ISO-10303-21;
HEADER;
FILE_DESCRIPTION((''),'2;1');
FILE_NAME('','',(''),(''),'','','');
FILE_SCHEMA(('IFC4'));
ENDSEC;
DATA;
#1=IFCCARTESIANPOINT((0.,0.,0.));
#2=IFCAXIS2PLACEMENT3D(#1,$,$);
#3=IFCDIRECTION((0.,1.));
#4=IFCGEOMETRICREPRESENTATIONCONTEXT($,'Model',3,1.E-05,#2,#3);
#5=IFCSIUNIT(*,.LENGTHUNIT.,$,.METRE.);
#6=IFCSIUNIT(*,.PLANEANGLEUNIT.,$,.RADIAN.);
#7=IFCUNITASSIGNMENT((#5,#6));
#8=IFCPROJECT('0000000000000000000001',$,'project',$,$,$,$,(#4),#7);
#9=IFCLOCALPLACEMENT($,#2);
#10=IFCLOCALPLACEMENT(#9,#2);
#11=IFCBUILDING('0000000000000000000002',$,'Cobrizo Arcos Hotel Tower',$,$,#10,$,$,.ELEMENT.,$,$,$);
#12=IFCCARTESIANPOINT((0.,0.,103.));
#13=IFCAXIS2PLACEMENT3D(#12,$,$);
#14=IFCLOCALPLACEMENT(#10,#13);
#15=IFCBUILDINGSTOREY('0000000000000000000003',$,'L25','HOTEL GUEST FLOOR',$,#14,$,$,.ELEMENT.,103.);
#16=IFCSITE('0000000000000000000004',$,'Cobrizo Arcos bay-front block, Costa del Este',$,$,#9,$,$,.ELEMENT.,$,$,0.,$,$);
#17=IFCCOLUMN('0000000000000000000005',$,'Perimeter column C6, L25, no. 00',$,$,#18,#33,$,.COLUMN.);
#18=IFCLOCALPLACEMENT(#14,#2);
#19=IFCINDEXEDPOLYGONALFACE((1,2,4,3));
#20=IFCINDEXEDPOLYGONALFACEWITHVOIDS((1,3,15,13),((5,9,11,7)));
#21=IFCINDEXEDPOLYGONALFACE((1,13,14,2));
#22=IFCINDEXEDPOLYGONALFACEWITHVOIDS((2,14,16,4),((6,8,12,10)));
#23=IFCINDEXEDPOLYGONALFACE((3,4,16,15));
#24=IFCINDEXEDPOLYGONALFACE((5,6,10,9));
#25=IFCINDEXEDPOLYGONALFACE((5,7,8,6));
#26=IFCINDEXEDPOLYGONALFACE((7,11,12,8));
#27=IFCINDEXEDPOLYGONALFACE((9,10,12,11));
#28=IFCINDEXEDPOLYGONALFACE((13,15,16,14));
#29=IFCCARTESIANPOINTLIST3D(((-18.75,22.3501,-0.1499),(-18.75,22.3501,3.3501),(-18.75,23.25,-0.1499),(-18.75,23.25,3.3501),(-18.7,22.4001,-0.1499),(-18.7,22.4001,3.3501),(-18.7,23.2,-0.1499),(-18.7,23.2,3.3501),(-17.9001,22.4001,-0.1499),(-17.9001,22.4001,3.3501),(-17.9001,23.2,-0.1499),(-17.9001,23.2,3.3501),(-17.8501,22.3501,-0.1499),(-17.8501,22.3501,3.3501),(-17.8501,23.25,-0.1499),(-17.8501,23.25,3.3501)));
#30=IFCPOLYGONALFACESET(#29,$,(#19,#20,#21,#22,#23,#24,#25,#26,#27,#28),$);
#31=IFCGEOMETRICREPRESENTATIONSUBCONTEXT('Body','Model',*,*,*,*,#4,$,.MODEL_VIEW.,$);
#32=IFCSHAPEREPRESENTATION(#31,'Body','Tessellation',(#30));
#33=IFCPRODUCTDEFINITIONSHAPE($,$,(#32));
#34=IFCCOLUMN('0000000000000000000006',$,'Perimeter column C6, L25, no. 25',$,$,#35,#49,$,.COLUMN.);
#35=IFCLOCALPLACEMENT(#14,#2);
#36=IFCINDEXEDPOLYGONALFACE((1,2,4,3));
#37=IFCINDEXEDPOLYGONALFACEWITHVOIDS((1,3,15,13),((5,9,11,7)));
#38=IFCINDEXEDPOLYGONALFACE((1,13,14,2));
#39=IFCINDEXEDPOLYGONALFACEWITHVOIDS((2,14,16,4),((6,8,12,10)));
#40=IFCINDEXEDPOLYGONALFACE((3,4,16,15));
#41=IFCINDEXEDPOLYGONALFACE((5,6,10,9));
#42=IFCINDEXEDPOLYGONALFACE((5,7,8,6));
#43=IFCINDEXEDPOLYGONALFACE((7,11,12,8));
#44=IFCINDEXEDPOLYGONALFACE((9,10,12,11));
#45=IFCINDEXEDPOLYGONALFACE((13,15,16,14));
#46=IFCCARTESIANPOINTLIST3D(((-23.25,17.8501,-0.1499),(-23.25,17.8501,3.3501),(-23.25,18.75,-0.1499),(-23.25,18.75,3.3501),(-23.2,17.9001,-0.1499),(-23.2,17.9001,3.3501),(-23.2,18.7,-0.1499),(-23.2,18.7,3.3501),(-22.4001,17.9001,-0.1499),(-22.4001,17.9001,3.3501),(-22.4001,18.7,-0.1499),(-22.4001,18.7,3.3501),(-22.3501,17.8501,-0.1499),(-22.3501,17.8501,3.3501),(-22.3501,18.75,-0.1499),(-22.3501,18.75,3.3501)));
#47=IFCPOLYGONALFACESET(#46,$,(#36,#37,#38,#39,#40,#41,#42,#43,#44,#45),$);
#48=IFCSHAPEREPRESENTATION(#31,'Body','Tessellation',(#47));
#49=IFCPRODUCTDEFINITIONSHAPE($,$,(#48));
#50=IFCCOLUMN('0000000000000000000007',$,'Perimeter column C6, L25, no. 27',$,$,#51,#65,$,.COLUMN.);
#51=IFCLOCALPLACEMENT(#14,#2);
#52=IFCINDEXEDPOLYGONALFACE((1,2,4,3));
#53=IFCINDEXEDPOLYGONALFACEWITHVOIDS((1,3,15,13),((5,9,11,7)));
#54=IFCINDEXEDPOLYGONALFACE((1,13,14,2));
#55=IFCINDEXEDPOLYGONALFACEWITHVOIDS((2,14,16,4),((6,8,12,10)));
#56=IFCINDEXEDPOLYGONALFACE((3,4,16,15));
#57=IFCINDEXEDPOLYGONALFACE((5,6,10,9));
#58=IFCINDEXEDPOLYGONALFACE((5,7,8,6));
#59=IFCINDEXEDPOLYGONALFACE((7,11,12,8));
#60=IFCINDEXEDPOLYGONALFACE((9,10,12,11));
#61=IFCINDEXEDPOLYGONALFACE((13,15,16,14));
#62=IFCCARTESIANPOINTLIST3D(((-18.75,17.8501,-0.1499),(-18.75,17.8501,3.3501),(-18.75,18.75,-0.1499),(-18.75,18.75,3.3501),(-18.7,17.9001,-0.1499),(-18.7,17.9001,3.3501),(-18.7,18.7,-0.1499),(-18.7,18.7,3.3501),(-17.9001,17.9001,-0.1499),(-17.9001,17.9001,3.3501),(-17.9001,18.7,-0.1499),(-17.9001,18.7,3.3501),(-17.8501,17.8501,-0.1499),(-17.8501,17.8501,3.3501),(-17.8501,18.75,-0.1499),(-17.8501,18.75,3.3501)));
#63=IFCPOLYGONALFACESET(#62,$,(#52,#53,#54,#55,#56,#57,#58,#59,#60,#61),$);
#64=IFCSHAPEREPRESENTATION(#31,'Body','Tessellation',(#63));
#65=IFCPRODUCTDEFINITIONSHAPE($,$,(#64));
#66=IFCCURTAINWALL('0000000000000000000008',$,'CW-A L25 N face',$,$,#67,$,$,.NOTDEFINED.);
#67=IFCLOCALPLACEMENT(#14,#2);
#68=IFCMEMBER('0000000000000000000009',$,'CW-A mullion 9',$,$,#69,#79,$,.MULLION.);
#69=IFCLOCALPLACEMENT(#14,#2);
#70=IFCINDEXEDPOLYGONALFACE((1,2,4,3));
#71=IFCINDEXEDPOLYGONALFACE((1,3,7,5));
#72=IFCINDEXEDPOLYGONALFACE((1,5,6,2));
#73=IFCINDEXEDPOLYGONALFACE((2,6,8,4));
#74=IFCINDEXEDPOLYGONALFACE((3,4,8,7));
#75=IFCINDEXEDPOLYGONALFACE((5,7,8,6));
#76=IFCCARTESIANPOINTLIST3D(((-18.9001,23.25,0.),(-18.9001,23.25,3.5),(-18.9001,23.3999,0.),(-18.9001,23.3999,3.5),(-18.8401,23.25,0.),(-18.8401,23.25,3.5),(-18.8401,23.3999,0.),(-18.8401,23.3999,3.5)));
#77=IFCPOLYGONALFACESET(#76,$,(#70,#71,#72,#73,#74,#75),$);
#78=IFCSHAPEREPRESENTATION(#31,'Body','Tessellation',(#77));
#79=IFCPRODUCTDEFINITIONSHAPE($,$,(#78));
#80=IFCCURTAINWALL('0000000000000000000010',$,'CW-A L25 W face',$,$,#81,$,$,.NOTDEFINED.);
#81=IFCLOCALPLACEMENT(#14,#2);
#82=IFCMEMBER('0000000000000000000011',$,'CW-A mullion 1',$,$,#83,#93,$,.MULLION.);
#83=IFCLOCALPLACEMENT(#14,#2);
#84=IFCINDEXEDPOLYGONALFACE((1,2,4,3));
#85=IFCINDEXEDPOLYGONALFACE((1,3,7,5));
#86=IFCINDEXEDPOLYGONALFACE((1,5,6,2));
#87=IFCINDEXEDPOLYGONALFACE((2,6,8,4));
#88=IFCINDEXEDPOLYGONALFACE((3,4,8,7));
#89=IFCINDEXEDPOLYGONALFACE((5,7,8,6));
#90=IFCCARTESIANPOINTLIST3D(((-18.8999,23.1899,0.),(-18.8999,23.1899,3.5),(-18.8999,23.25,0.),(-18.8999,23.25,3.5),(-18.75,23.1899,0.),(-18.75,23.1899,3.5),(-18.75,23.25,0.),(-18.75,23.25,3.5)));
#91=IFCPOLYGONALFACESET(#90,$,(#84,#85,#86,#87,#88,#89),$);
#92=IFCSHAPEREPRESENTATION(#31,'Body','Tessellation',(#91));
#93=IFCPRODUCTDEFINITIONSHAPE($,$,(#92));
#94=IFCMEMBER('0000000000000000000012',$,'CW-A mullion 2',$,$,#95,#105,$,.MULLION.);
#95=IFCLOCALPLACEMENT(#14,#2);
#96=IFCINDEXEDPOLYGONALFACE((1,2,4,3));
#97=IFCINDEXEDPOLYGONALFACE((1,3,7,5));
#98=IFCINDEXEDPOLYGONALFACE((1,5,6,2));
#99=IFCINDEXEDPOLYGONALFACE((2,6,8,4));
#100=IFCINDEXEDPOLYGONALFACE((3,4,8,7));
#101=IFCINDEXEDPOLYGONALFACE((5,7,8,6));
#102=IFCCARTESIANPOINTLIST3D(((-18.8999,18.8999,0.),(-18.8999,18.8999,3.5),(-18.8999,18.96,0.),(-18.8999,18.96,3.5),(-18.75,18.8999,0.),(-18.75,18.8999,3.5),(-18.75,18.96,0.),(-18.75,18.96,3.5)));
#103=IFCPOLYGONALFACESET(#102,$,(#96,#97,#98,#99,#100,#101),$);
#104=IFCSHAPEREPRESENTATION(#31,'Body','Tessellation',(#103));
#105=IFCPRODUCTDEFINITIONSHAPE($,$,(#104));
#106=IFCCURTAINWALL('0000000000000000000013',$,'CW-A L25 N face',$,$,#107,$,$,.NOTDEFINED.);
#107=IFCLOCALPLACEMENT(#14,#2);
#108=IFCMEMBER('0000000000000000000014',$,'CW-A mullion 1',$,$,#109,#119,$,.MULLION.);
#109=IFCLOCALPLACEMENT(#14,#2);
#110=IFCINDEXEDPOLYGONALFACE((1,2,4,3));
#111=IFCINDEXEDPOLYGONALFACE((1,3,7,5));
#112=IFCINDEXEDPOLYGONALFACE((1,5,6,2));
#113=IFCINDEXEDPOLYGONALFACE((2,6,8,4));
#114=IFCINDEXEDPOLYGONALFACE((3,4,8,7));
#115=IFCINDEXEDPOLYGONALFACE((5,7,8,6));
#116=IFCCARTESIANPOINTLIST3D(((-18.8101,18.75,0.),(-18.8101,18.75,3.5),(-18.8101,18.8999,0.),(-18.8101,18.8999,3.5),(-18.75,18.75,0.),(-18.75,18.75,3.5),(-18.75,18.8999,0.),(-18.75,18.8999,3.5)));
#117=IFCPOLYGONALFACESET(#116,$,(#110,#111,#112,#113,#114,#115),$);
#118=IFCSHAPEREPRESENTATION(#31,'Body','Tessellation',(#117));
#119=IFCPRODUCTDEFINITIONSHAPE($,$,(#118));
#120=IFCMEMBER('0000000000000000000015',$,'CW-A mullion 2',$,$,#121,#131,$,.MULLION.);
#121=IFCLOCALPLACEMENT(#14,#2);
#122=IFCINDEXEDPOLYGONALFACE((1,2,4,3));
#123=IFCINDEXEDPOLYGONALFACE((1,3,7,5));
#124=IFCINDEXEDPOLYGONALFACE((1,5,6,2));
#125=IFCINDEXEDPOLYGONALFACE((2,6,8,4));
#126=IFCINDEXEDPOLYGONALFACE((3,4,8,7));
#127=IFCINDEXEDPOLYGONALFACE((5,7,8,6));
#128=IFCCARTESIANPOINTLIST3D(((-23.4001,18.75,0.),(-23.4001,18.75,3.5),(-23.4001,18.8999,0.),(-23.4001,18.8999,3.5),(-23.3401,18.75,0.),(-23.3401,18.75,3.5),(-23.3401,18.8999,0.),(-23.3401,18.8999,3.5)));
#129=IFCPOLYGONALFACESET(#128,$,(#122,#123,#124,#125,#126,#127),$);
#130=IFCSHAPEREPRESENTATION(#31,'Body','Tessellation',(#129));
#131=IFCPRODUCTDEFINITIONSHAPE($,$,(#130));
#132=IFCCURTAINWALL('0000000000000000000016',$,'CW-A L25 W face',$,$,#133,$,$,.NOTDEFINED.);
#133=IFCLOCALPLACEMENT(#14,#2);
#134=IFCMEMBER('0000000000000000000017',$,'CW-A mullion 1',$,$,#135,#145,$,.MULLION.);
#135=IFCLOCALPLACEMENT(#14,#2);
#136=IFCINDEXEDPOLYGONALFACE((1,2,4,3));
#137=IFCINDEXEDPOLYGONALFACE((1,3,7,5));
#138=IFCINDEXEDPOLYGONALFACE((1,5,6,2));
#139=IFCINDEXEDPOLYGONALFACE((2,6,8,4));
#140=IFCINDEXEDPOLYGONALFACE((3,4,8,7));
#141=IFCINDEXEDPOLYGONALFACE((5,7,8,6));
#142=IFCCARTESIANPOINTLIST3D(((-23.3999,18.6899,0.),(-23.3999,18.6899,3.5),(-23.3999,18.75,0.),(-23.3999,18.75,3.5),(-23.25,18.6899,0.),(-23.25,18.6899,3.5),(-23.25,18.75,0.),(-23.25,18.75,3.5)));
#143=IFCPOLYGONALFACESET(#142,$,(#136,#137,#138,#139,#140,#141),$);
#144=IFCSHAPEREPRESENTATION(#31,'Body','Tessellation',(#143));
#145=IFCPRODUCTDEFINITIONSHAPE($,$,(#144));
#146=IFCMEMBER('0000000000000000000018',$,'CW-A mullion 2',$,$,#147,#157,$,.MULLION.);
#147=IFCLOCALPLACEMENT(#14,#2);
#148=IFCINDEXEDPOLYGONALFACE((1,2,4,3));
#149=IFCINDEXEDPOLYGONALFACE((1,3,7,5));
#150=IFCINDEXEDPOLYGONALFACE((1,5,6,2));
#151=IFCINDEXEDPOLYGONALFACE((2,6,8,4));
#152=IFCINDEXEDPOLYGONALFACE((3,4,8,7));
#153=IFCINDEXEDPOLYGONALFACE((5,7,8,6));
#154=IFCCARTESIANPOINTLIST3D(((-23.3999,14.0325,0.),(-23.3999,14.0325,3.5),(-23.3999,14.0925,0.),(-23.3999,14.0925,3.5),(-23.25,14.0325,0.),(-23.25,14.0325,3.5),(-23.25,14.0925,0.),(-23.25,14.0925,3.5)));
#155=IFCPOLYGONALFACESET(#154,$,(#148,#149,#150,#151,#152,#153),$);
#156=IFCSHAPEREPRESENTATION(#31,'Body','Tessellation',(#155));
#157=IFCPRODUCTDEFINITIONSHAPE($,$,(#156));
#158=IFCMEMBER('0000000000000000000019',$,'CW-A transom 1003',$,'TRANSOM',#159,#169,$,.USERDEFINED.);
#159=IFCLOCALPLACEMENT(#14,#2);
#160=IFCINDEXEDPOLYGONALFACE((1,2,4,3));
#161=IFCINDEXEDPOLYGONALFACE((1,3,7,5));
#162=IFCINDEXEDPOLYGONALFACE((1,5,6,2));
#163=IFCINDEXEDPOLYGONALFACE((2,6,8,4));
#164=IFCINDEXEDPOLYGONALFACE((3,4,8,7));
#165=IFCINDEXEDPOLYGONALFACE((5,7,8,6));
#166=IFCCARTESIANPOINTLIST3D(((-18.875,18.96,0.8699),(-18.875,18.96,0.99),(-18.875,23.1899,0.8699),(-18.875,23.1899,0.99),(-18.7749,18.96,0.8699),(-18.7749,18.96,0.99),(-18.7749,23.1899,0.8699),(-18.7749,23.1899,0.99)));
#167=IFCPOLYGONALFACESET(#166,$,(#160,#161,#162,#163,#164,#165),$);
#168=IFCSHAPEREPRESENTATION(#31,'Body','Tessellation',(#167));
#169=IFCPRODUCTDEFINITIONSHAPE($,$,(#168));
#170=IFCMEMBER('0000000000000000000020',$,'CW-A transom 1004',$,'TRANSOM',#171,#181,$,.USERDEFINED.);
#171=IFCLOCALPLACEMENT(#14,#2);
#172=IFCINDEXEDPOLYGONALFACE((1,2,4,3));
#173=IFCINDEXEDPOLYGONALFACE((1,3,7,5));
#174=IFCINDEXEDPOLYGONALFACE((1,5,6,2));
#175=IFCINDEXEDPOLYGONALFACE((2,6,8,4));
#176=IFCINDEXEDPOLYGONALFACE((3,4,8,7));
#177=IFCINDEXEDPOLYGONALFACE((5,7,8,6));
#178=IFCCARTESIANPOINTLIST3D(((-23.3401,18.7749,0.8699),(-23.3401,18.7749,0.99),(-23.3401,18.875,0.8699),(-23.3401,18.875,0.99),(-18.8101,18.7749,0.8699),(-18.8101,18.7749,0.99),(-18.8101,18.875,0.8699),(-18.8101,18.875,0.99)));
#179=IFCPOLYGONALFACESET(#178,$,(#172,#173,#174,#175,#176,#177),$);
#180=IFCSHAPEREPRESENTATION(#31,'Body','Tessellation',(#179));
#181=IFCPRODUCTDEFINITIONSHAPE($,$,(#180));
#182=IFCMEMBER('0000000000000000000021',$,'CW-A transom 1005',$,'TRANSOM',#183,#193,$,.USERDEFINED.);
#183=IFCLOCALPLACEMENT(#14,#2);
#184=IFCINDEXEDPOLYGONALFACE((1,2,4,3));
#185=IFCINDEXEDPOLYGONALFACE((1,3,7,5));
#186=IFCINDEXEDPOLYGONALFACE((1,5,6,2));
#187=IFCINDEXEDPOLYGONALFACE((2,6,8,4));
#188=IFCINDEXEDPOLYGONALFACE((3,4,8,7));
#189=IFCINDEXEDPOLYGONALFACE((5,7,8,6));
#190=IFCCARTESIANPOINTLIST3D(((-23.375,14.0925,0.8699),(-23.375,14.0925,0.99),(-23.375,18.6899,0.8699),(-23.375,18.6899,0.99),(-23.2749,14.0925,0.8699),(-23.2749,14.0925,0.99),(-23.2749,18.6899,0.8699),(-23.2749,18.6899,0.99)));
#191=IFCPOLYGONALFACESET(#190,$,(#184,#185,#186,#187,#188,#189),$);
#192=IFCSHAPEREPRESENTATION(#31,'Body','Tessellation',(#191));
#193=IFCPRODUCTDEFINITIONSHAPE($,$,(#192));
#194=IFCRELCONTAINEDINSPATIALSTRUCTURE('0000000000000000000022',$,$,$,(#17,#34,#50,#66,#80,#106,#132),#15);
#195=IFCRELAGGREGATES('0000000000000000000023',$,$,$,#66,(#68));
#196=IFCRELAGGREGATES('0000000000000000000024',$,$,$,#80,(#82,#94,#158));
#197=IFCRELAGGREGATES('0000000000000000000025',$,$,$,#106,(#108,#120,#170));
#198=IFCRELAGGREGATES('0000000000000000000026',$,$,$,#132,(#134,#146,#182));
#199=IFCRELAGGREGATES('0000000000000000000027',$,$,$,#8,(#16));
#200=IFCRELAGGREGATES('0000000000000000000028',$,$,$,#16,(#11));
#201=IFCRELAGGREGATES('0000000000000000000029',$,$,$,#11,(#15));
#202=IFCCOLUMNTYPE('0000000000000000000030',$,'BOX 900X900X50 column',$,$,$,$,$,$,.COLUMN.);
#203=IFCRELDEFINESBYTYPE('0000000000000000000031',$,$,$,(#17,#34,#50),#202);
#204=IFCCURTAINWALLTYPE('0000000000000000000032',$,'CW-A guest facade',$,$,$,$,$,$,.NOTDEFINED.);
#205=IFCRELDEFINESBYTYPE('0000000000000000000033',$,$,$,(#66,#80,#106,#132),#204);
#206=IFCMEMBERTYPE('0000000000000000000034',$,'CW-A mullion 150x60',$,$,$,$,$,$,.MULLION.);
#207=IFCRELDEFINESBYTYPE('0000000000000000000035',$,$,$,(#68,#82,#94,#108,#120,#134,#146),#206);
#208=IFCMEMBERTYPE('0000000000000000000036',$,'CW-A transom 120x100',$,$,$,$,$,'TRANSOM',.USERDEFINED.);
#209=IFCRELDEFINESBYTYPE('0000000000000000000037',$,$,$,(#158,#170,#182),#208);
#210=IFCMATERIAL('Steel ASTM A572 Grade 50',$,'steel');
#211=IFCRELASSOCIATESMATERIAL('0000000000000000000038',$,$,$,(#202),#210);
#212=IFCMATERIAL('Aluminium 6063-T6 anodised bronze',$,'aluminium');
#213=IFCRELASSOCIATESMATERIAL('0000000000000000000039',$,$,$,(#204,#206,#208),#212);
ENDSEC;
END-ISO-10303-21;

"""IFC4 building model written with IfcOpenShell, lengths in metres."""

from ifc_helpers import new_model, si_unit, direction, frame, origin, origin_2d, place, context, subcontext, project, spatial, rectangle, hollow_rectangle, extrude, material, material_profile, profile_set, type_object, element, aggregate, save


model = new_model("IFC4")

# Units and contexts
model_context = context("Model", 3, precision=1e-05, world=origin(), true_north=direction((0.0, 1.0)))
body_context = subcontext(model_context, "Body", "Model", "MODEL_VIEW")
ifc_project = project(units=[si_unit("LENGTHUNIT", "METRE"), si_unit("PLANEANGLEUNIT", "RADIAN")], contexts=[model_context])

# Site, building, storey
site_placement = place(None, origin())
site = spatial("IfcSite", under=ifc_project, at=site_placement, Name="Cobrizo Arcos bay-front block, Costa del Este", CompositionType="ELEMENT", RefElevation=0.0)
building_placement = place(site_placement, origin())
building = spatial("IfcBuilding", under=site, at=building_placement, Name="Cobrizo Arcos Hotel Tower", CompositionType="ELEMENT")
storey_placement = place(building_placement, frame((0.0, 0.0, 103.0)))
storey = spatial("IfcBuildingStorey", under=building, at=storey_placement, Name="L25", Description="HOTEL GUEST FLOOR", CompositionType="ELEMENT", Elevation=103.0)

# Columns
ifc_material_1 = material(Name="Steel ASTM A572 Grade 50", Category="steel")
ifc_material_profile_1 = material_profile(ifc_material_1, hollow_rectangle(XDim=0.8999, YDim=0.8999, WallThickness=0.05, at=origin_2d()), Name="BOX 900X900X50")
ifc_profile_set_1 = profile_set([ifc_material_profile_1], Name="Steel ASTM A572 Grade 50")
column_type = type_object("IfcColumnType", Name="BOX 900X900X50 column", PredefinedType="COLUMN", material=ifc_profile_set_1)
for number, where, z_axis, x_axis, name in (
    (1, (-18.3, 22.8, -0.1499), (0.0, 0.0, 1.0), (1.0, 0.0, 0.0), "Perimeter column C6, L25, no. 00"),
    (2, (-22.8, 18.3, -0.1499), (0.0, 0.0, 1.0), (1.0, 0.0, 0.0), "Perimeter column C6, L25, no. 25"),
    (3, (-18.3, 18.3, -0.1499), (0.0, 0.0, 1.0), (1.0, 0.0, 0.0), "Perimeter column C6, L25, no. 27"),
):
    element("IfcColumn", number, at=place(storey_placement, frame(where, z_axis=z_axis, x_axis=x_axis)), inside=storey, type_object=column_type, Name=name, PredefinedType="COLUMN", context=body_context, shape_type="SweptSolid", body=[
        extrude(hollow_rectangle(XDim=0.8999, YDim=0.8999, WallThickness=0.05, at=origin_2d()), origin(), (0.0, 0.0, 1.0), 3.5),
    ])

# Curtain wall, member
ifc_material_2 = material(Name="Aluminium 6063-T6 anodised bronze", Category="aluminium")
curtain_wall_type = type_object("IfcCurtainWallType", Name="CW-A guest facade", PredefinedType="NOTDEFINED", material=ifc_material_2)
curtain_wall_1_placement = place(storey_placement, origin())
curtain_wall_1 = element("IfcCurtainWall", 4, at=curtain_wall_1_placement, inside=storey, type_object=curtain_wall_type, Name="CW-A L25 N face", PredefinedType="NOTDEFINED")
ifc_material_profile_2 = material_profile(ifc_material_2, rectangle(XDim=0.1499, YDim=0.0601, at=origin_2d()), Name="CW-A mullion 150x60")
ifc_profile_set_2 = profile_set([ifc_material_profile_2], Name="Aluminium 6063-T6 anodised bronze")
member_type_1 = type_object("IfcMemberType", Name="CW-A mullion 150x60", PredefinedType="MULLION", material=ifc_profile_set_2)
member_1_placement = place(storey_placement, frame((-18.8701, 23.325, 0.0), z_axis=(0.0, 0.0, 1.0), x_axis=(0.0, 1.0, 0.0)))
member_1 = element("IfcMember", 5, at=member_1_placement, type_object=member_type_1, Name="CW-A mullion 9", PredefinedType="MULLION", context=body_context, shape_type="SweptSolid", body=[
    extrude(rectangle(XDim=0.1499, YDim=0.0601, at=origin_2d()), origin(), (0.0, 0.0, 1.0), 3.5),
])
aggregate(curtain_wall_1, [member_1])

# Curtain walls, members
curtain_wall_2_placement = place(storey_placement, origin())
curtain_wall_2 = element("IfcCurtainWall", 6, at=curtain_wall_2_placement, inside=storey, type_object=curtain_wall_type, Name="CW-A L25 W face", PredefinedType="NOTDEFINED")
member_2_placement = place(storey_placement, frame((-18.825, 23.22, 0.0), z_axis=(0.0, 0.0, 1.0), x_axis=(-1.0, 0.0, 0.0)))
member_2 = element("IfcMember", 7, at=member_2_placement, type_object=member_type_1, Name="CW-A mullion 1", PredefinedType="MULLION", context=body_context, shape_type="SweptSolid", body=[
    extrude(rectangle(XDim=0.1499, YDim=0.0601, at=origin_2d()), origin(), (0.0, 0.0, 1.0), 3.5),
])
member_3_placement = place(storey_placement, frame((-18.825, 18.9299, 0.0), z_axis=(0.0, 0.0, 1.0), x_axis=(-1.0, 0.0, 0.0)))
member_3 = element("IfcMember", 8, at=member_3_placement, type_object=member_type_1, Name="CW-A mullion 2", PredefinedType="MULLION", context=body_context, shape_type="SweptSolid", body=[
    extrude(rectangle(XDim=0.1499, YDim=0.0601, at=origin_2d()), origin(), (0.0, 0.0, 1.0), 3.5),
])
curtain_wall_3_placement = place(storey_placement, origin())
curtain_wall_3 = element("IfcCurtainWall", 9, at=curtain_wall_3_placement, inside=storey, type_object=curtain_wall_type, Name="CW-A L25 N face", PredefinedType="NOTDEFINED")
member_4_placement = place(storey_placement, frame((-18.78, 18.825, 0.0), z_axis=(0.0, 0.0, 1.0), x_axis=(0.0, 1.0, 0.0)))
member_4 = element("IfcMember", 10, at=member_4_placement, type_object=member_type_1, Name="CW-A mullion 1", PredefinedType="MULLION", context=body_context, shape_type="SweptSolid", body=[
    extrude(rectangle(XDim=0.1499, YDim=0.0601, at=origin_2d()), origin(), (0.0, 0.0, 1.0), 3.5),
])
member_5_placement = place(storey_placement, frame((-23.3701, 18.825, 0.0), z_axis=(0.0, 0.0, 1.0), x_axis=(0.0, 1.0, 0.0)))
member_5 = element("IfcMember", 11, at=member_5_placement, type_object=member_type_1, Name="CW-A mullion 2", PredefinedType="MULLION", context=body_context, shape_type="SweptSolid", body=[
    extrude(rectangle(XDim=0.1499, YDim=0.0601, at=origin_2d()), origin(), (0.0, 0.0, 1.0), 3.5),
])
curtain_wall_4_placement = place(storey_placement, origin())
curtain_wall_4 = element("IfcCurtainWall", 12, at=curtain_wall_4_placement, inside=storey, type_object=curtain_wall_type, Name="CW-A L25 W face", PredefinedType="NOTDEFINED")
member_6_placement = place(storey_placement, frame((-23.325, 18.72, 0.0), z_axis=(0.0, 0.0, 1.0), x_axis=(-1.0, 0.0, 0.0)))
member_6 = element("IfcMember", 13, at=member_6_placement, type_object=member_type_1, Name="CW-A mullion 1", PredefinedType="MULLION", context=body_context, shape_type="SweptSolid", body=[
    extrude(rectangle(XDim=0.1499, YDim=0.0601, at=origin_2d()), origin(), (0.0, 0.0, 1.0), 3.5),
])
member_7_placement = place(storey_placement, frame((-23.325, 14.0625, 0.0), z_axis=(0.0, 0.0, 1.0), x_axis=(-1.0, 0.0, 0.0)))
member_7 = element("IfcMember", 14, at=member_7_placement, type_object=member_type_1, Name="CW-A mullion 2", PredefinedType="MULLION", context=body_context, shape_type="SweptSolid", body=[
    extrude(rectangle(XDim=0.1499, YDim=0.0601, at=origin_2d()), origin(), (0.0, 0.0, 1.0), 3.5),
])

# Members
ifc_material_profile_3 = material_profile(ifc_material_2, rectangle(XDim=0.1001, YDim=0.1201, at=origin_2d()), Name="CW-A transom 120x100")
ifc_profile_set_3 = profile_set([ifc_material_profile_3], Name="Aluminium 6063-T6 anodised bronze")
member_type_2 = type_object("IfcMemberType", Name="CW-A transom 120x100", ElementType="TRANSOM", PredefinedType="USERDEFINED", material=ifc_profile_set_3)
member_8_placement = place(storey_placement, frame((-18.825, 23.1899, 0.9299), z_axis=(0.0, -1.0, 0.0), x_axis=(1.0, 0.0, 0.0)))
member_8 = element("IfcMember", 15, at=member_8_placement, type_object=member_type_2, Name="CW-A transom 1003", ObjectType="TRANSOM", PredefinedType="USERDEFINED", context=body_context, shape_type="SweptSolid", body=[
    extrude(rectangle(XDim=0.1001, YDim=0.1201, at=origin_2d()), origin(), (0.0, 0.0, 1.0), 4.23),
])
member_9_placement = place(storey_placement, frame((-18.8101, 18.825, 0.9299), z_axis=(-1.0, 0.0, 0.0), x_axis=(0.0, -1.0, 0.0)))
member_9 = element("IfcMember", 16, at=member_9_placement, type_object=member_type_2, Name="CW-A transom 1004", ObjectType="TRANSOM", PredefinedType="USERDEFINED", context=body_context, shape_type="SweptSolid", body=[
    extrude(rectangle(XDim=0.1001, YDim=0.1201, at=origin_2d()), origin(), (0.0, 0.0, 1.0), 4.53),
])
member_10_placement = place(storey_placement, frame((-23.325, 18.6899, 0.9299), z_axis=(0.0, -1.0, 0.0), x_axis=(1.0, 0.0, 0.0)))
member_10 = element("IfcMember", 17, at=member_10_placement, type_object=member_type_2, Name="CW-A transom 1005", ObjectType="TRANSOM", PredefinedType="USERDEFINED", context=body_context, shape_type="SweptSolid", body=[
    extrude(rectangle(XDim=0.1001, YDim=0.1201, at=origin_2d()), origin(), (0.0, 0.0, 1.0), 4.5974),
])

aggregate(curtain_wall_2, [member_2, member_3, member_8])
aggregate(curtain_wall_3, [member_4, member_5, member_9])
aggregate(curtain_wall_4, [member_6, member_7, member_10])

save(model, "model.ifc")
